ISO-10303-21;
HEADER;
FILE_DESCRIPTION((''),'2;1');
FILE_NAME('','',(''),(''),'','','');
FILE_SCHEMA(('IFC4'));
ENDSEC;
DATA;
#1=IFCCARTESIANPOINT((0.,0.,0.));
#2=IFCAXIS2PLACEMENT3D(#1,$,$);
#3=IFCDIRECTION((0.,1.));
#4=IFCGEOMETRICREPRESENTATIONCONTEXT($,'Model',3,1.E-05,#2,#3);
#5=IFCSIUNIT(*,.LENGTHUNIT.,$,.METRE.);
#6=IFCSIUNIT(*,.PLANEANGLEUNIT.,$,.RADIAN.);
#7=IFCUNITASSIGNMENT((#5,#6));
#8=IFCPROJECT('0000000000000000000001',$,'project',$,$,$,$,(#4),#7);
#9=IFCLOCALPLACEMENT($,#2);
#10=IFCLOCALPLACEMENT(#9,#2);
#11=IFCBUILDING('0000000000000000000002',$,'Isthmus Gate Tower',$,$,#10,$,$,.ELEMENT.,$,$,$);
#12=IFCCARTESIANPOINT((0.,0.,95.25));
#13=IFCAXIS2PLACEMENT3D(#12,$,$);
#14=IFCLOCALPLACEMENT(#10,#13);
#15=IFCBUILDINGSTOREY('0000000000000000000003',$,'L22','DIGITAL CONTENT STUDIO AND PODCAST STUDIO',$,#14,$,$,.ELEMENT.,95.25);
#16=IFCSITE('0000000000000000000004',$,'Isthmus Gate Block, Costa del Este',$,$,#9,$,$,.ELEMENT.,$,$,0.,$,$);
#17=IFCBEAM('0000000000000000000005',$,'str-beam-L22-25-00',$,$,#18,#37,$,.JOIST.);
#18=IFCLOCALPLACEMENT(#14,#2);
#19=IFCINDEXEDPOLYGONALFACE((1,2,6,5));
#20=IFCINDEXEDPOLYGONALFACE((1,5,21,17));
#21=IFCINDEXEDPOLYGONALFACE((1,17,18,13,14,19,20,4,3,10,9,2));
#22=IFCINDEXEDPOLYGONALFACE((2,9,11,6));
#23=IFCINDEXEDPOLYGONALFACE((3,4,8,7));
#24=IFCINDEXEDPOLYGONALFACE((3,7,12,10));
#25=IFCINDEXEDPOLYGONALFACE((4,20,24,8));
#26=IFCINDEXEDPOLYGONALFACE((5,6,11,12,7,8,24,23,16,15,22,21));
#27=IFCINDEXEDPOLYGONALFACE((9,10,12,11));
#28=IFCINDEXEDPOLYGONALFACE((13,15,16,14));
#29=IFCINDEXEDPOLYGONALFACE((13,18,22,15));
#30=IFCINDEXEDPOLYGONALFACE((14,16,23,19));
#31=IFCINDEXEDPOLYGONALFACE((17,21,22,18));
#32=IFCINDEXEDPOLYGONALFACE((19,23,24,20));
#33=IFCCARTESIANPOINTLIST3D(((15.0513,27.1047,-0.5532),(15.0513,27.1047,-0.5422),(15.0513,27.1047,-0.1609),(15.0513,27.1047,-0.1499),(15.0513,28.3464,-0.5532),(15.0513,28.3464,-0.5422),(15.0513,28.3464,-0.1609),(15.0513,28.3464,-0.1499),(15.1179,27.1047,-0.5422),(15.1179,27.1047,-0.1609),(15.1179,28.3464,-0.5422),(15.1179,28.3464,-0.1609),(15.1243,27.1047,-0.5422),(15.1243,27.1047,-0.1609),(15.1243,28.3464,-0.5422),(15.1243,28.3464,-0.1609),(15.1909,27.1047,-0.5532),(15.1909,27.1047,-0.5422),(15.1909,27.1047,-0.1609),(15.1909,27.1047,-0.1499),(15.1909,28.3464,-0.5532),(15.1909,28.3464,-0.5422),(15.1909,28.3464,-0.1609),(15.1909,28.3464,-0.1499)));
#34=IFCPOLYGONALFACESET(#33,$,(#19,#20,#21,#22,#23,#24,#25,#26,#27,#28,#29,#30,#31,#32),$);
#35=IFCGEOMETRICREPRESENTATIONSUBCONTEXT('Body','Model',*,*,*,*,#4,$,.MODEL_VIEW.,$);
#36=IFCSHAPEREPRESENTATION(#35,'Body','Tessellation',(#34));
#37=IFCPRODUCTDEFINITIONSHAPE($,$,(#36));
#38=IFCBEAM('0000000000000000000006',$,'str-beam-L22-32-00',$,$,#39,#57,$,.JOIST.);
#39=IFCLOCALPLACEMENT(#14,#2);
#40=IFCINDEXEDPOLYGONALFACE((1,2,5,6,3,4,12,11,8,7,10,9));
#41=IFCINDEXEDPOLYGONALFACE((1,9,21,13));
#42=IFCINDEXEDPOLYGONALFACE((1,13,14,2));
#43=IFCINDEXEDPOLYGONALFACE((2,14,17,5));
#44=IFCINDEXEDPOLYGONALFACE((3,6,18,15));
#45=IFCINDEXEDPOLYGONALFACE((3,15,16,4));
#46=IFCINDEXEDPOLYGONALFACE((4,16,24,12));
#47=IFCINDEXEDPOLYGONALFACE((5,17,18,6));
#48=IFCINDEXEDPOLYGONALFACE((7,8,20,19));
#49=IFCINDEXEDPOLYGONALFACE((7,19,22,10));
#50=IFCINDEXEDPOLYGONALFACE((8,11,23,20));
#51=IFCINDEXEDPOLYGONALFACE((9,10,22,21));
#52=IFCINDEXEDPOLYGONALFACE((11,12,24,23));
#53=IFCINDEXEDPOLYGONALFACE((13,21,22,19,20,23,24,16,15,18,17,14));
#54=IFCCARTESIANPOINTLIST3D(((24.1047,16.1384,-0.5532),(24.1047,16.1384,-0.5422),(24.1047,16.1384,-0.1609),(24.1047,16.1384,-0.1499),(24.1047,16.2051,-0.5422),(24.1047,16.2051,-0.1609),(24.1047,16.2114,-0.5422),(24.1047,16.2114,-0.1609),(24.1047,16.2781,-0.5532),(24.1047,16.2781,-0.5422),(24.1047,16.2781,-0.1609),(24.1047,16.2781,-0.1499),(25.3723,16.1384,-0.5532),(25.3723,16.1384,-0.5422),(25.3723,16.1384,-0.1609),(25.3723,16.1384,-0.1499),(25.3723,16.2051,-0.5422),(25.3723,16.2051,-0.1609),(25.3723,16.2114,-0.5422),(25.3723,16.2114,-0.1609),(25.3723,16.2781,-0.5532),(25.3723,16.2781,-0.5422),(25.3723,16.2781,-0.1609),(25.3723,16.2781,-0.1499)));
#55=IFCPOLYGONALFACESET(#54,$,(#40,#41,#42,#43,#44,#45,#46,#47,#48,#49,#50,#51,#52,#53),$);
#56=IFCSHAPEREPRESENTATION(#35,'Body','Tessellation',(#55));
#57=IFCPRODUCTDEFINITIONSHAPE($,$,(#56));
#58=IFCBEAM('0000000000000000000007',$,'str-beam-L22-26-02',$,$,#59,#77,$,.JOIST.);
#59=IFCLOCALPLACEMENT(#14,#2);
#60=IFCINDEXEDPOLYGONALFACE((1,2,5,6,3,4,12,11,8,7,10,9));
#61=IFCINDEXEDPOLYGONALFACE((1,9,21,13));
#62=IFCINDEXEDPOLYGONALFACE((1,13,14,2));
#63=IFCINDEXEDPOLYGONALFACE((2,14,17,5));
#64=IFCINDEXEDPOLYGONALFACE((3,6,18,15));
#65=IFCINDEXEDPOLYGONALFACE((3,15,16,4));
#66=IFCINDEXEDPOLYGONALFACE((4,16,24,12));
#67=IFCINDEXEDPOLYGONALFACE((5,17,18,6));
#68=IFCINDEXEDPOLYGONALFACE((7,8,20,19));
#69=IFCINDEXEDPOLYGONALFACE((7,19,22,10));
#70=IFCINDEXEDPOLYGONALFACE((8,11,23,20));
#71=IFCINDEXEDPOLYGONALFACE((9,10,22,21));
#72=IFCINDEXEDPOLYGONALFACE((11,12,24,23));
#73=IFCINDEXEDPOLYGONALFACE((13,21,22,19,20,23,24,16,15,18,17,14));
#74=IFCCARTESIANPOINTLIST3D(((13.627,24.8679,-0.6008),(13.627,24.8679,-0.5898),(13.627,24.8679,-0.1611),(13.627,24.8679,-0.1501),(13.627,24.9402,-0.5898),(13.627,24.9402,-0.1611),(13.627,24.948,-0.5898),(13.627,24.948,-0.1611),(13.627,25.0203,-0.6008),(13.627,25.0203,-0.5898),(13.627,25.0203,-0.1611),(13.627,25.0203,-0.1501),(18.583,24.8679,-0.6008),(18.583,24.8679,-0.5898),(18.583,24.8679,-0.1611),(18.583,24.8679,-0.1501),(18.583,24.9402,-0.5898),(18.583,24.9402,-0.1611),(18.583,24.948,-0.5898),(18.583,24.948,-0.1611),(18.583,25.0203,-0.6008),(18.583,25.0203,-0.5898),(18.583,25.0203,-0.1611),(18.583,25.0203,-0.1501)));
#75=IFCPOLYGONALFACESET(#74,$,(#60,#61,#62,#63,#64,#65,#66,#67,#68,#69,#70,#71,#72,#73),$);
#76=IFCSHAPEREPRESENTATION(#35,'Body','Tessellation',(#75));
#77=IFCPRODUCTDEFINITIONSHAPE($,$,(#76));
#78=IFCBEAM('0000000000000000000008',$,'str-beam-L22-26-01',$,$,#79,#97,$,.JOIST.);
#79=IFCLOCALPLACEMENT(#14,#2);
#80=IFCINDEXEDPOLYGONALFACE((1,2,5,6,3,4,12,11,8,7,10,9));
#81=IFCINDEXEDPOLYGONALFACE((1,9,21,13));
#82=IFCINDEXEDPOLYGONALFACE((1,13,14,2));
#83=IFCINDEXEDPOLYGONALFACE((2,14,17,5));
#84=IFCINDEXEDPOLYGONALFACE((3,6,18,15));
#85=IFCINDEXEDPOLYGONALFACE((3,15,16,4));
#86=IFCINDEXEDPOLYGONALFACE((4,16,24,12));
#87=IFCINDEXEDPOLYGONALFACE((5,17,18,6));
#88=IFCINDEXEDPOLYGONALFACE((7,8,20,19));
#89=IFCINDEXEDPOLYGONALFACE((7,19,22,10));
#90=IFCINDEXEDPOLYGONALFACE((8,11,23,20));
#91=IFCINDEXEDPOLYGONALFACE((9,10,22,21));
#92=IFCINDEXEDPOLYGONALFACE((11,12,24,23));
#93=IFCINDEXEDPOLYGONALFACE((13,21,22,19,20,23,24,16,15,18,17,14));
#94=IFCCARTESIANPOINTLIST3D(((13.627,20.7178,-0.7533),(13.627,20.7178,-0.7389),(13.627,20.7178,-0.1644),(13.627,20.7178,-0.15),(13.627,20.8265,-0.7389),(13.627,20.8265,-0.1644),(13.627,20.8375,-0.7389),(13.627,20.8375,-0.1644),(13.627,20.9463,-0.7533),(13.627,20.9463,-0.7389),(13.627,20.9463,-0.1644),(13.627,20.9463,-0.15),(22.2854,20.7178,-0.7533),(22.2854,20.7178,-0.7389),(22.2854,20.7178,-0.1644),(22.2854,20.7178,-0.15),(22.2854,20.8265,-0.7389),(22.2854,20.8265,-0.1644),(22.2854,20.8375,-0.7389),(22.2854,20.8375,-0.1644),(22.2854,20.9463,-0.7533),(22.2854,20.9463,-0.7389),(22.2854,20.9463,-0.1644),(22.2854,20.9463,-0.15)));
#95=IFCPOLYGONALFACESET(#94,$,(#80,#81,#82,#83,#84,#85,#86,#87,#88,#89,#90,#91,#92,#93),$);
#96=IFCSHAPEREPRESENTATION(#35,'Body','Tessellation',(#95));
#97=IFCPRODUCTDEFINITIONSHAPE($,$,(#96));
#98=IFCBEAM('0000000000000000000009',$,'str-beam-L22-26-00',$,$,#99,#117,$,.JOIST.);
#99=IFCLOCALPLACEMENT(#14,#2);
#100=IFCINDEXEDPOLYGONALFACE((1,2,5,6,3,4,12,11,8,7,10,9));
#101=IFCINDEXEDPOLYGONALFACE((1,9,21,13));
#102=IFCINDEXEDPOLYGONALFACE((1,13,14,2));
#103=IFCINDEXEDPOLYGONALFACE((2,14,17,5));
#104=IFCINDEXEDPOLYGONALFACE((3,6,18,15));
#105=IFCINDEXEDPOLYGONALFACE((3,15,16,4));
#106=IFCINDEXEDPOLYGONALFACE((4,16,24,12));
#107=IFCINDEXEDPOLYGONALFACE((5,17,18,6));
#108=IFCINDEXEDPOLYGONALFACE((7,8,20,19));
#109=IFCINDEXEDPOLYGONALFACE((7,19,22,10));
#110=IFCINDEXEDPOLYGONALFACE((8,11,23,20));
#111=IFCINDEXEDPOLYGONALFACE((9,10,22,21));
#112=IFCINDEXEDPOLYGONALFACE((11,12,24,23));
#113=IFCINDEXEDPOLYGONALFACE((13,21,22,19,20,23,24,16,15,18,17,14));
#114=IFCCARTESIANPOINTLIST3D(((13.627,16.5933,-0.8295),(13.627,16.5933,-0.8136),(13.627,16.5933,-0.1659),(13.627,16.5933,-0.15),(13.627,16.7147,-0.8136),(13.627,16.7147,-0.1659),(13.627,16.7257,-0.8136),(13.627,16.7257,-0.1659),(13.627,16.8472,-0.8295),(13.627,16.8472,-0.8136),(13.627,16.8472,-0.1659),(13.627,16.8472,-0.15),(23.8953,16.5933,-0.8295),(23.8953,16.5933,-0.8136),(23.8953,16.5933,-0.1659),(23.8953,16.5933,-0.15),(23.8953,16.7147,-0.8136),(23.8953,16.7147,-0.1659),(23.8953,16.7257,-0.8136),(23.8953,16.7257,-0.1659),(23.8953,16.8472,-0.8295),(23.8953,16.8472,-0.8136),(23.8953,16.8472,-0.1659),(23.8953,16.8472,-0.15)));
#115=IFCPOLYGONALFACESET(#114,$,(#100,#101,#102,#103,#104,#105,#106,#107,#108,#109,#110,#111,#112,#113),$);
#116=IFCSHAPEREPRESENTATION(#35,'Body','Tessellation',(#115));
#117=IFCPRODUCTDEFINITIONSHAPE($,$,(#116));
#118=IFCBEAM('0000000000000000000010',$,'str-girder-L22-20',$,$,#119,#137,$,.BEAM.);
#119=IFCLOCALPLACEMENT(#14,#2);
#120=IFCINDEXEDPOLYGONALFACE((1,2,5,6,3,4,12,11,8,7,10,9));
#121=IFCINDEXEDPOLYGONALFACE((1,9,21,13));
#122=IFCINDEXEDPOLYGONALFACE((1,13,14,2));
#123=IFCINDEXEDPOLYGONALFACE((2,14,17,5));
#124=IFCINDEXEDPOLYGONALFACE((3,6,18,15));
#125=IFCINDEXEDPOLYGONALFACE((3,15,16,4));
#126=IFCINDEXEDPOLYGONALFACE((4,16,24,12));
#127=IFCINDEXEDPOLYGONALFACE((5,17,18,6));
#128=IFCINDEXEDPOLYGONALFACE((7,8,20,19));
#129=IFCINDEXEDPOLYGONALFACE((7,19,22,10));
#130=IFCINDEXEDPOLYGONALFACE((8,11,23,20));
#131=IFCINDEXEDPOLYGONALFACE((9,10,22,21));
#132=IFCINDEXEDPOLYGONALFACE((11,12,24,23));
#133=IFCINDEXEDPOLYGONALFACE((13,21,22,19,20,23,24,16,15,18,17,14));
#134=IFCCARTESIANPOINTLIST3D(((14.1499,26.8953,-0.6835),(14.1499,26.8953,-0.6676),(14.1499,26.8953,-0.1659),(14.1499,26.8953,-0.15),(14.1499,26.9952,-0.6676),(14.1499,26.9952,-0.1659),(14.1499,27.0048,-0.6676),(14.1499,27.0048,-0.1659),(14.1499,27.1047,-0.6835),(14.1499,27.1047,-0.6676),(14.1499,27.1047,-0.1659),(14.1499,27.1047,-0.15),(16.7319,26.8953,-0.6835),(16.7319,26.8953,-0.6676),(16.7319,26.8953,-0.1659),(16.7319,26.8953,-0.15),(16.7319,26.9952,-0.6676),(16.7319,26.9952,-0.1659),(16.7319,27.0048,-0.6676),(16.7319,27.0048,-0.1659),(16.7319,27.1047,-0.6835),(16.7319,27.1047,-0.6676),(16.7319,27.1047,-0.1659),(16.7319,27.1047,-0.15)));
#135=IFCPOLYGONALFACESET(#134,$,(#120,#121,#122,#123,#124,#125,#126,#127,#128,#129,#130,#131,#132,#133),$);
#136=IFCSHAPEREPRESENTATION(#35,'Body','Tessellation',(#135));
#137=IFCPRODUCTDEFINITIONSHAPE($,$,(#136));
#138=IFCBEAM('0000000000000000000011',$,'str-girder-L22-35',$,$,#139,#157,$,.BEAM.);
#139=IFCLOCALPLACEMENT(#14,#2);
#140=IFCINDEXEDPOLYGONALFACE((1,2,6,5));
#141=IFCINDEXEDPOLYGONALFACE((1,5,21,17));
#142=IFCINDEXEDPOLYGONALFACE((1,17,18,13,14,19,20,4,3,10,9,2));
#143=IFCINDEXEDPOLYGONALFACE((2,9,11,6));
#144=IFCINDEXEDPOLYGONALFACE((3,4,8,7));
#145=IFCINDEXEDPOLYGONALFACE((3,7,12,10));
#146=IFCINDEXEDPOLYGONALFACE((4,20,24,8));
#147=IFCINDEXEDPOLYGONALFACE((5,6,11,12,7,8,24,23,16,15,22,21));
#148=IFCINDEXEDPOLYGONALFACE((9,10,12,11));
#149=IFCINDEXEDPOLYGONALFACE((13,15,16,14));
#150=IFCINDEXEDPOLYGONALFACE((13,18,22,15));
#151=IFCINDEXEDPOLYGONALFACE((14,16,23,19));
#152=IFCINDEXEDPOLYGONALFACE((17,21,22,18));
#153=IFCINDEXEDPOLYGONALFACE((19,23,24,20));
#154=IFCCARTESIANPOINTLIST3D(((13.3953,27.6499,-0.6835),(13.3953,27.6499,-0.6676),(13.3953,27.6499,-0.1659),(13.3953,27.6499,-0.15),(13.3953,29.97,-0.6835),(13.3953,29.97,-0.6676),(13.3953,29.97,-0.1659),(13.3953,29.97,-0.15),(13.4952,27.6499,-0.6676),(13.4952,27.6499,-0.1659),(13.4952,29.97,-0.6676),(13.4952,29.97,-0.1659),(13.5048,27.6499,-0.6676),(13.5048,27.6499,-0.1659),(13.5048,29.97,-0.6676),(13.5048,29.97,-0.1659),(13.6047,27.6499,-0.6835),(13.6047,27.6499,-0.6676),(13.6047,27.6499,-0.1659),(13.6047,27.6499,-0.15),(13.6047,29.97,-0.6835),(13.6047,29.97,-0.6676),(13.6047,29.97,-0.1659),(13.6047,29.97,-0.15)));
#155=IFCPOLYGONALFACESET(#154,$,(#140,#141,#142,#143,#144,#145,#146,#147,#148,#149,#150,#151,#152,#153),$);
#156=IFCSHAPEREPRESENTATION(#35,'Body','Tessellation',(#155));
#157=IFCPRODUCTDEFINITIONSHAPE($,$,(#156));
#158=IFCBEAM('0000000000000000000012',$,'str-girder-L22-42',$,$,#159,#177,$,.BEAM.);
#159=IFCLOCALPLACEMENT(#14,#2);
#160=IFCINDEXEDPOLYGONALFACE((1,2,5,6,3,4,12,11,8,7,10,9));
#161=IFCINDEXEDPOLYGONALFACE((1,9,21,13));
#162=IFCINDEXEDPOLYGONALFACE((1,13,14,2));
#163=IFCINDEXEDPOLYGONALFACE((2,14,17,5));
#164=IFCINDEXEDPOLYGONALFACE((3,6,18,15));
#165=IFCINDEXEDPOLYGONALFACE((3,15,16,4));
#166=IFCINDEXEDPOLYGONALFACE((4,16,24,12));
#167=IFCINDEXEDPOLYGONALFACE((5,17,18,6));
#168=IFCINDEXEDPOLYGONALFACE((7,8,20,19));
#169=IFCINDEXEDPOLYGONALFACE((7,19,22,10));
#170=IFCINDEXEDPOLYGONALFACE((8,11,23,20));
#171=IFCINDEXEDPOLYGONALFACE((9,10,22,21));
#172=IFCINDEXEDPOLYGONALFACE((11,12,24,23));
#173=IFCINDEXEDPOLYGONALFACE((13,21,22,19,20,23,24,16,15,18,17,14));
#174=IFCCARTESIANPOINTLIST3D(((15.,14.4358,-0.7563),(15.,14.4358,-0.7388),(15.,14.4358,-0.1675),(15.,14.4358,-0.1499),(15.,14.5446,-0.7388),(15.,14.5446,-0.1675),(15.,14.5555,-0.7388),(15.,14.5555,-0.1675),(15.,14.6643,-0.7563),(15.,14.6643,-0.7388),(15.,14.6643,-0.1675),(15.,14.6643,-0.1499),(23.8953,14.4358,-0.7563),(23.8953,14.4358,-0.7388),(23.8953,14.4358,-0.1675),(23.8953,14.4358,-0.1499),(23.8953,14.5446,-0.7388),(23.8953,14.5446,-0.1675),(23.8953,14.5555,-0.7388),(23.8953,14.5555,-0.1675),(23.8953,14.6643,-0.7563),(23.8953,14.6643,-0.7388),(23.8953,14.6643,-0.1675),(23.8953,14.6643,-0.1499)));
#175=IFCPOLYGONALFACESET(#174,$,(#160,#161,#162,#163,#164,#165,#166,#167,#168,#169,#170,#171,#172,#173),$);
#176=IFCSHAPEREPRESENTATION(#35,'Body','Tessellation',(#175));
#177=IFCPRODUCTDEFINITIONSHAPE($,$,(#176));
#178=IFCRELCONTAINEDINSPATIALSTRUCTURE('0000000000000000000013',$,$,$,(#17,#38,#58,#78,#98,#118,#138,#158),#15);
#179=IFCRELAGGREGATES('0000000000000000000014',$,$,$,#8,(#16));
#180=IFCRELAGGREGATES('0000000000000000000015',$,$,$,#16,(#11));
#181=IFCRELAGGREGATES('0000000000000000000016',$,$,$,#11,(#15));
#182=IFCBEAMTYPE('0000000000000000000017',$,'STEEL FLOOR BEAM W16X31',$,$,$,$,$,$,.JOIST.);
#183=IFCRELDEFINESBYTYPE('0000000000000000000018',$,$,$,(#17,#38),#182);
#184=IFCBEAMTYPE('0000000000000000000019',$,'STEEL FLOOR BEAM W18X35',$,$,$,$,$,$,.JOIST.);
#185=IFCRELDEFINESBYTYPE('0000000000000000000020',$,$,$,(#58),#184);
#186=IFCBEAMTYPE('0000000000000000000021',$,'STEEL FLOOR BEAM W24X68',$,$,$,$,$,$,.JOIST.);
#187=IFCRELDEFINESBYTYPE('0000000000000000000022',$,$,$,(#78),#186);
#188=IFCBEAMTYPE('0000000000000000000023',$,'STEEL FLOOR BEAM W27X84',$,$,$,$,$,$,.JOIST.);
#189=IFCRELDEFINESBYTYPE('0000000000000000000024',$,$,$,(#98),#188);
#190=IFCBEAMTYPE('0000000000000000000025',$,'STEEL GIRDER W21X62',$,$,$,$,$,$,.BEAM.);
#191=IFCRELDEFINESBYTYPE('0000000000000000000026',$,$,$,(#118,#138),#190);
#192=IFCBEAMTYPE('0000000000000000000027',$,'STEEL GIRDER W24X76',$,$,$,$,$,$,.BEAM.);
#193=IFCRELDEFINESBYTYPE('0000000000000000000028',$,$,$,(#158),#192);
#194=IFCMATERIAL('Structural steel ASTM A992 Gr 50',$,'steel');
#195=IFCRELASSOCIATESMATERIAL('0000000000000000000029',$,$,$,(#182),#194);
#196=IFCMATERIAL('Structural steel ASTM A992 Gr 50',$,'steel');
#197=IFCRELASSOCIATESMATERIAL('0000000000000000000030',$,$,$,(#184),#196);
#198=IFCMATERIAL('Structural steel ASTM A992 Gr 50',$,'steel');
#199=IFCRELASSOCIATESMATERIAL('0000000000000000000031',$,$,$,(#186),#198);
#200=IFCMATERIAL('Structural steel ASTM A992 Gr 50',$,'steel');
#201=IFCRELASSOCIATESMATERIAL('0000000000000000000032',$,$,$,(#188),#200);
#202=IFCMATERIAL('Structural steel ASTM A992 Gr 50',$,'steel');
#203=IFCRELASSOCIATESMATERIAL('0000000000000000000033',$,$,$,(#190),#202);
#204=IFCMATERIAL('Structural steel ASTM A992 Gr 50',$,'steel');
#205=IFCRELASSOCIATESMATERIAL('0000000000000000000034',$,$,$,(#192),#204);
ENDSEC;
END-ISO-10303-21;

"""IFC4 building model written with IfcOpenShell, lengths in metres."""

from ifc_helpers import new_model, si_unit, direction, frame, origin, origin_2d, place, context, subcontext, project, spatial, i_section, extrude, material, material_profile, profile_set, type_object, element, save


model = new_model("IFC4")

# Units and contexts
model_context = context("Model", 3, precision=1e-05, world=origin(), true_north=direction((0.0, 1.0)))
body_context = subcontext(model_context, "Body", "Model", "MODEL_VIEW")
ifc_project = project(units=[si_unit("LENGTHUNIT", "METRE"), si_unit("PLANEANGLEUNIT", "RADIAN")], contexts=[model_context])

# Site, building, storey
site_placement = place(None, origin())
site = spatial("IfcSite", under=ifc_project, at=site_placement, Name="Isthmus Gate Block, Costa del Este", CompositionType="ELEMENT", RefElevation=0.0)
building_placement = place(site_placement, origin())
building = spatial("IfcBuilding", under=site, at=building_placement, Name="Isthmus Gate Tower", CompositionType="ELEMENT")
storey_placement = place(building_placement, frame((0.0, 0.0, 95.25)))
storey = spatial("IfcBuildingStorey", under=building, at=storey_placement, Name="L22", Description="DIGITAL CONTENT STUDIO AND PODCAST STUDIO", CompositionType="ELEMENT", Elevation=95.25)

# Beams
ifc_material_1 = material(Name="Structural steel ASTM A992 Gr 50", Category="steel")
ifc_material_profile_1 = material_profile(ifc_material_1, i_section(OverallWidth=0.1396, OverallDepth=0.4033, WebThickness=0.0063, FlangeThickness=0.011, at=origin_2d()), Name="W16X31")
ifc_profile_set_1 = profile_set([ifc_material_profile_1], Name="Structural steel ASTM A992 Gr 50")
beam_type_1 = type_object("IfcBeamType", Name="STEEL FLOOR BEAM W16X31", PredefinedType="JOIST", material=ifc_profile_set_1)
beam_1_placement = place(storey_placement, frame((15.1211, 27.1047, -0.3516), z_axis=(0.0, 1.0, 0.0), x_axis=(-1.0, 0.0, 0.0)))
element("IfcBeam", 1, at=beam_1_placement, inside=storey, type_object=beam_type_1, Name="str-beam-L22-25-00", PredefinedType="JOIST", context=body_context, shape_type="SweptSolid", body=[
    extrude(i_section(OverallWidth=0.1396, OverallDepth=0.4033, WebThickness=0.0063, FlangeThickness=0.011, at=origin_2d()), origin(), (0.0, 0.0, 1.0), 1.2417),
])
beam_2_placement = place(storey_placement, frame((24.1047, 16.2083, -0.3516), z_axis=(1.0, 0.0, 0.0), x_axis=(0.0, 1.0, 0.0)))
element("IfcBeam", 2, at=beam_2_placement, inside=storey, type_object=beam_type_1, Name="str-beam-L22-32-00", PredefinedType="JOIST", context=body_context, shape_type="SweptSolid", body=[
    extrude(i_section(OverallWidth=0.1396, OverallDepth=0.4033, WebThickness=0.0063, FlangeThickness=0.011, at=origin_2d()), origin(), (0.0, 0.0, 1.0), 1.2676),
])
ifc_material_2 = material(Name="Structural steel ASTM A992 Gr 50", Category="steel")
ifc_material_profile_2 = material_profile(ifc_material_2, i_section(OverallWidth=0.1523, OverallDepth=0.4507, WebThickness=0.0078, FlangeThickness=0.011, at=origin_2d()), Name="W18X35")
ifc_profile_set_2 = profile_set([ifc_material_profile_2], Name="Structural steel ASTM A992 Gr 50")
beam_type_2 = type_object("IfcBeamType", Name="STEEL FLOOR BEAM W18X35", PredefinedType="JOIST", material=ifc_profile_set_2)
beam_3_placement = place(storey_placement, frame((13.627, 24.9441, -0.3755), z_axis=(1.0, 0.0, 0.0), x_axis=(0.0, 1.0, 0.0)))
element("IfcBeam", 3, at=beam_3_placement, inside=storey, type_object=beam_type_2, Name="str-beam-L22-26-02", PredefinedType="JOIST", context=body_context, shape_type="SweptSolid", body=[
    extrude(i_section(OverallWidth=0.1523, OverallDepth=0.4507, WebThickness=0.0078, FlangeThickness=0.011, at=origin_2d()), origin(), (0.0, 0.0, 1.0), 4.9561),
])
ifc_material_3 = material(Name="Structural steel ASTM A992 Gr 50", Category="steel")
ifc_material_profile_3 = material_profile(ifc_material_3, i_section(OverallWidth=0.2285, OverallDepth=0.6033, WebThickness=0.011, FlangeThickness=0.0144, at=origin_2d()), Name="W24X68")
ifc_profile_set_3 = profile_set([ifc_material_profile_3], Name="Structural steel ASTM A992 Gr 50")
beam_type_3 = type_object("IfcBeamType", Name="STEEL FLOOR BEAM W24X68", PredefinedType="JOIST", material=ifc_profile_set_3)
beam_4_placement = place(storey_placement, frame((13.627, 20.832, -0.4517), z_axis=(1.0, 0.0, 0.0), x_axis=(0.0, 1.0, 0.0)))
element("IfcBeam", 4, at=beam_4_placement, inside=storey, type_object=beam_type_3, Name="str-beam-L22-26-01", PredefinedType="JOIST", context=body_context, shape_type="SweptSolid", body=[
    extrude(i_section(OverallWidth=0.2285, OverallDepth=0.6033, WebThickness=0.011, FlangeThickness=0.0144, at=origin_2d()), origin(), (0.0, 0.0, 1.0), 8.6584),
])
ifc_material_4 = material(Name="Structural steel ASTM A992 Gr 50", Category="steel")
ifc_material_profile_4 = material_profile(ifc_material_4, i_section(OverallWidth=0.2539, OverallDepth=0.6794, WebThickness=0.011, FlangeThickness=0.0159, at=origin_2d()), Name="W27X84")
ifc_profile_set_4 = profile_set([ifc_material_profile_4], Name="Structural steel ASTM A992 Gr 50")
beam_type_4 = type_object("IfcBeamType", Name="STEEL FLOOR BEAM W27X84", PredefinedType="JOIST", material=ifc_profile_set_4)
beam_5_placement = place(storey_placement, frame((13.627, 16.7202, -0.4897), z_axis=(1.0, 0.0, 0.0), x_axis=(0.0, 1.0, 0.0)))
element("IfcBeam", 5, at=beam_5_placement, inside=storey, type_object=beam_type_4, Name="str-beam-L22-26-00", PredefinedType="JOIST", context=body_context, shape_type="SweptSolid", body=[
    extrude(i_section(OverallWidth=0.2539, OverallDepth=0.6794, WebThickness=0.011, FlangeThickness=0.0159, at=origin_2d()), origin(), (0.0, 0.0, 1.0), 10.2683),
])
ifc_material_5 = material(Name="Structural steel ASTM A992 Gr 50", Category="steel")
ifc_material_profile_5 = material_profile(ifc_material_5, i_section(OverallWidth=0.2095, OverallDepth=0.5334, WebThickness=0.0095, FlangeThickness=0.0159, at=origin_2d()), Name="W21X62")
ifc_profile_set_5 = profile_set([ifc_material_profile_5], Name="Structural steel ASTM A992 Gr 50")
beam_type_5 = type_object("IfcBeamType", Name="STEEL GIRDER W21X62", PredefinedType="BEAM", material=ifc_profile_set_5)
beam_6_placement = place(storey_placement, frame((14.1499, 27.0, -0.4167), z_axis=(1.0, 0.0, 0.0), x_axis=(0.0, 1.0, 0.0)))
element("IfcBeam", 6, at=beam_6_placement, inside=storey, type_object=beam_type_5, Name="str-girder-L22-20", PredefinedType="BEAM", context=body_context, shape_type="SweptSolid", body=[
    extrude(i_section(OverallWidth=0.2095, OverallDepth=0.5334, WebThickness=0.0095, FlangeThickness=0.0159, at=origin_2d()), origin(), (0.0, 0.0, 1.0), 2.582),
])
beam_7_placement = place(storey_placement, frame((13.5, 27.6499, -0.4167), z_axis=(0.0, 1.0, 0.0), x_axis=(-1.0, 0.0, 0.0)))
element("IfcBeam", 7, at=beam_7_placement, inside=storey, type_object=beam_type_5, Name="str-girder-L22-35", PredefinedType="BEAM", context=body_context, shape_type="SweptSolid", body=[
    extrude(i_section(OverallWidth=0.2095, OverallDepth=0.5334, WebThickness=0.0095, FlangeThickness=0.0159, at=origin_2d()), origin(), (0.0, 0.0, 1.0), 2.3201),
])
ifc_material_6 = material(Name="Structural steel ASTM A992 Gr 50", Category="steel")
ifc_material_profile_6 = material_profile(ifc_material_6, i_section(OverallWidth=0.2285, OverallDepth=0.6064, WebThickness=0.011, FlangeThickness=0.0176, at=origin_2d()), Name="W24X76")
ifc_profile_set_6 = profile_set([ifc_material_profile_6], Name="Structural steel ASTM A992 Gr 50")
beam_type_6 = type_object("IfcBeamType", Name="STEEL GIRDER W24X76", PredefinedType="BEAM", material=ifc_profile_set_6)
beam_8_placement = place(storey_placement, frame((15.0, 14.55, -0.4531), z_axis=(1.0, 0.0, 0.0), x_axis=(0.0, 1.0, 0.0)))
element("IfcBeam", 8, at=beam_8_placement, inside=storey, type_object=beam_type_6, Name="str-girder-L22-42", PredefinedType="BEAM", context=body_context, shape_type="SweptSolid", body=[
    extrude(i_section(OverallWidth=0.2285, OverallDepth=0.6064, WebThickness=0.011, FlangeThickness=0.0176, at=origin_2d()), origin(), (0.0, 0.0, 1.0), 8.8953),
])

save(model, "model.ifc")
